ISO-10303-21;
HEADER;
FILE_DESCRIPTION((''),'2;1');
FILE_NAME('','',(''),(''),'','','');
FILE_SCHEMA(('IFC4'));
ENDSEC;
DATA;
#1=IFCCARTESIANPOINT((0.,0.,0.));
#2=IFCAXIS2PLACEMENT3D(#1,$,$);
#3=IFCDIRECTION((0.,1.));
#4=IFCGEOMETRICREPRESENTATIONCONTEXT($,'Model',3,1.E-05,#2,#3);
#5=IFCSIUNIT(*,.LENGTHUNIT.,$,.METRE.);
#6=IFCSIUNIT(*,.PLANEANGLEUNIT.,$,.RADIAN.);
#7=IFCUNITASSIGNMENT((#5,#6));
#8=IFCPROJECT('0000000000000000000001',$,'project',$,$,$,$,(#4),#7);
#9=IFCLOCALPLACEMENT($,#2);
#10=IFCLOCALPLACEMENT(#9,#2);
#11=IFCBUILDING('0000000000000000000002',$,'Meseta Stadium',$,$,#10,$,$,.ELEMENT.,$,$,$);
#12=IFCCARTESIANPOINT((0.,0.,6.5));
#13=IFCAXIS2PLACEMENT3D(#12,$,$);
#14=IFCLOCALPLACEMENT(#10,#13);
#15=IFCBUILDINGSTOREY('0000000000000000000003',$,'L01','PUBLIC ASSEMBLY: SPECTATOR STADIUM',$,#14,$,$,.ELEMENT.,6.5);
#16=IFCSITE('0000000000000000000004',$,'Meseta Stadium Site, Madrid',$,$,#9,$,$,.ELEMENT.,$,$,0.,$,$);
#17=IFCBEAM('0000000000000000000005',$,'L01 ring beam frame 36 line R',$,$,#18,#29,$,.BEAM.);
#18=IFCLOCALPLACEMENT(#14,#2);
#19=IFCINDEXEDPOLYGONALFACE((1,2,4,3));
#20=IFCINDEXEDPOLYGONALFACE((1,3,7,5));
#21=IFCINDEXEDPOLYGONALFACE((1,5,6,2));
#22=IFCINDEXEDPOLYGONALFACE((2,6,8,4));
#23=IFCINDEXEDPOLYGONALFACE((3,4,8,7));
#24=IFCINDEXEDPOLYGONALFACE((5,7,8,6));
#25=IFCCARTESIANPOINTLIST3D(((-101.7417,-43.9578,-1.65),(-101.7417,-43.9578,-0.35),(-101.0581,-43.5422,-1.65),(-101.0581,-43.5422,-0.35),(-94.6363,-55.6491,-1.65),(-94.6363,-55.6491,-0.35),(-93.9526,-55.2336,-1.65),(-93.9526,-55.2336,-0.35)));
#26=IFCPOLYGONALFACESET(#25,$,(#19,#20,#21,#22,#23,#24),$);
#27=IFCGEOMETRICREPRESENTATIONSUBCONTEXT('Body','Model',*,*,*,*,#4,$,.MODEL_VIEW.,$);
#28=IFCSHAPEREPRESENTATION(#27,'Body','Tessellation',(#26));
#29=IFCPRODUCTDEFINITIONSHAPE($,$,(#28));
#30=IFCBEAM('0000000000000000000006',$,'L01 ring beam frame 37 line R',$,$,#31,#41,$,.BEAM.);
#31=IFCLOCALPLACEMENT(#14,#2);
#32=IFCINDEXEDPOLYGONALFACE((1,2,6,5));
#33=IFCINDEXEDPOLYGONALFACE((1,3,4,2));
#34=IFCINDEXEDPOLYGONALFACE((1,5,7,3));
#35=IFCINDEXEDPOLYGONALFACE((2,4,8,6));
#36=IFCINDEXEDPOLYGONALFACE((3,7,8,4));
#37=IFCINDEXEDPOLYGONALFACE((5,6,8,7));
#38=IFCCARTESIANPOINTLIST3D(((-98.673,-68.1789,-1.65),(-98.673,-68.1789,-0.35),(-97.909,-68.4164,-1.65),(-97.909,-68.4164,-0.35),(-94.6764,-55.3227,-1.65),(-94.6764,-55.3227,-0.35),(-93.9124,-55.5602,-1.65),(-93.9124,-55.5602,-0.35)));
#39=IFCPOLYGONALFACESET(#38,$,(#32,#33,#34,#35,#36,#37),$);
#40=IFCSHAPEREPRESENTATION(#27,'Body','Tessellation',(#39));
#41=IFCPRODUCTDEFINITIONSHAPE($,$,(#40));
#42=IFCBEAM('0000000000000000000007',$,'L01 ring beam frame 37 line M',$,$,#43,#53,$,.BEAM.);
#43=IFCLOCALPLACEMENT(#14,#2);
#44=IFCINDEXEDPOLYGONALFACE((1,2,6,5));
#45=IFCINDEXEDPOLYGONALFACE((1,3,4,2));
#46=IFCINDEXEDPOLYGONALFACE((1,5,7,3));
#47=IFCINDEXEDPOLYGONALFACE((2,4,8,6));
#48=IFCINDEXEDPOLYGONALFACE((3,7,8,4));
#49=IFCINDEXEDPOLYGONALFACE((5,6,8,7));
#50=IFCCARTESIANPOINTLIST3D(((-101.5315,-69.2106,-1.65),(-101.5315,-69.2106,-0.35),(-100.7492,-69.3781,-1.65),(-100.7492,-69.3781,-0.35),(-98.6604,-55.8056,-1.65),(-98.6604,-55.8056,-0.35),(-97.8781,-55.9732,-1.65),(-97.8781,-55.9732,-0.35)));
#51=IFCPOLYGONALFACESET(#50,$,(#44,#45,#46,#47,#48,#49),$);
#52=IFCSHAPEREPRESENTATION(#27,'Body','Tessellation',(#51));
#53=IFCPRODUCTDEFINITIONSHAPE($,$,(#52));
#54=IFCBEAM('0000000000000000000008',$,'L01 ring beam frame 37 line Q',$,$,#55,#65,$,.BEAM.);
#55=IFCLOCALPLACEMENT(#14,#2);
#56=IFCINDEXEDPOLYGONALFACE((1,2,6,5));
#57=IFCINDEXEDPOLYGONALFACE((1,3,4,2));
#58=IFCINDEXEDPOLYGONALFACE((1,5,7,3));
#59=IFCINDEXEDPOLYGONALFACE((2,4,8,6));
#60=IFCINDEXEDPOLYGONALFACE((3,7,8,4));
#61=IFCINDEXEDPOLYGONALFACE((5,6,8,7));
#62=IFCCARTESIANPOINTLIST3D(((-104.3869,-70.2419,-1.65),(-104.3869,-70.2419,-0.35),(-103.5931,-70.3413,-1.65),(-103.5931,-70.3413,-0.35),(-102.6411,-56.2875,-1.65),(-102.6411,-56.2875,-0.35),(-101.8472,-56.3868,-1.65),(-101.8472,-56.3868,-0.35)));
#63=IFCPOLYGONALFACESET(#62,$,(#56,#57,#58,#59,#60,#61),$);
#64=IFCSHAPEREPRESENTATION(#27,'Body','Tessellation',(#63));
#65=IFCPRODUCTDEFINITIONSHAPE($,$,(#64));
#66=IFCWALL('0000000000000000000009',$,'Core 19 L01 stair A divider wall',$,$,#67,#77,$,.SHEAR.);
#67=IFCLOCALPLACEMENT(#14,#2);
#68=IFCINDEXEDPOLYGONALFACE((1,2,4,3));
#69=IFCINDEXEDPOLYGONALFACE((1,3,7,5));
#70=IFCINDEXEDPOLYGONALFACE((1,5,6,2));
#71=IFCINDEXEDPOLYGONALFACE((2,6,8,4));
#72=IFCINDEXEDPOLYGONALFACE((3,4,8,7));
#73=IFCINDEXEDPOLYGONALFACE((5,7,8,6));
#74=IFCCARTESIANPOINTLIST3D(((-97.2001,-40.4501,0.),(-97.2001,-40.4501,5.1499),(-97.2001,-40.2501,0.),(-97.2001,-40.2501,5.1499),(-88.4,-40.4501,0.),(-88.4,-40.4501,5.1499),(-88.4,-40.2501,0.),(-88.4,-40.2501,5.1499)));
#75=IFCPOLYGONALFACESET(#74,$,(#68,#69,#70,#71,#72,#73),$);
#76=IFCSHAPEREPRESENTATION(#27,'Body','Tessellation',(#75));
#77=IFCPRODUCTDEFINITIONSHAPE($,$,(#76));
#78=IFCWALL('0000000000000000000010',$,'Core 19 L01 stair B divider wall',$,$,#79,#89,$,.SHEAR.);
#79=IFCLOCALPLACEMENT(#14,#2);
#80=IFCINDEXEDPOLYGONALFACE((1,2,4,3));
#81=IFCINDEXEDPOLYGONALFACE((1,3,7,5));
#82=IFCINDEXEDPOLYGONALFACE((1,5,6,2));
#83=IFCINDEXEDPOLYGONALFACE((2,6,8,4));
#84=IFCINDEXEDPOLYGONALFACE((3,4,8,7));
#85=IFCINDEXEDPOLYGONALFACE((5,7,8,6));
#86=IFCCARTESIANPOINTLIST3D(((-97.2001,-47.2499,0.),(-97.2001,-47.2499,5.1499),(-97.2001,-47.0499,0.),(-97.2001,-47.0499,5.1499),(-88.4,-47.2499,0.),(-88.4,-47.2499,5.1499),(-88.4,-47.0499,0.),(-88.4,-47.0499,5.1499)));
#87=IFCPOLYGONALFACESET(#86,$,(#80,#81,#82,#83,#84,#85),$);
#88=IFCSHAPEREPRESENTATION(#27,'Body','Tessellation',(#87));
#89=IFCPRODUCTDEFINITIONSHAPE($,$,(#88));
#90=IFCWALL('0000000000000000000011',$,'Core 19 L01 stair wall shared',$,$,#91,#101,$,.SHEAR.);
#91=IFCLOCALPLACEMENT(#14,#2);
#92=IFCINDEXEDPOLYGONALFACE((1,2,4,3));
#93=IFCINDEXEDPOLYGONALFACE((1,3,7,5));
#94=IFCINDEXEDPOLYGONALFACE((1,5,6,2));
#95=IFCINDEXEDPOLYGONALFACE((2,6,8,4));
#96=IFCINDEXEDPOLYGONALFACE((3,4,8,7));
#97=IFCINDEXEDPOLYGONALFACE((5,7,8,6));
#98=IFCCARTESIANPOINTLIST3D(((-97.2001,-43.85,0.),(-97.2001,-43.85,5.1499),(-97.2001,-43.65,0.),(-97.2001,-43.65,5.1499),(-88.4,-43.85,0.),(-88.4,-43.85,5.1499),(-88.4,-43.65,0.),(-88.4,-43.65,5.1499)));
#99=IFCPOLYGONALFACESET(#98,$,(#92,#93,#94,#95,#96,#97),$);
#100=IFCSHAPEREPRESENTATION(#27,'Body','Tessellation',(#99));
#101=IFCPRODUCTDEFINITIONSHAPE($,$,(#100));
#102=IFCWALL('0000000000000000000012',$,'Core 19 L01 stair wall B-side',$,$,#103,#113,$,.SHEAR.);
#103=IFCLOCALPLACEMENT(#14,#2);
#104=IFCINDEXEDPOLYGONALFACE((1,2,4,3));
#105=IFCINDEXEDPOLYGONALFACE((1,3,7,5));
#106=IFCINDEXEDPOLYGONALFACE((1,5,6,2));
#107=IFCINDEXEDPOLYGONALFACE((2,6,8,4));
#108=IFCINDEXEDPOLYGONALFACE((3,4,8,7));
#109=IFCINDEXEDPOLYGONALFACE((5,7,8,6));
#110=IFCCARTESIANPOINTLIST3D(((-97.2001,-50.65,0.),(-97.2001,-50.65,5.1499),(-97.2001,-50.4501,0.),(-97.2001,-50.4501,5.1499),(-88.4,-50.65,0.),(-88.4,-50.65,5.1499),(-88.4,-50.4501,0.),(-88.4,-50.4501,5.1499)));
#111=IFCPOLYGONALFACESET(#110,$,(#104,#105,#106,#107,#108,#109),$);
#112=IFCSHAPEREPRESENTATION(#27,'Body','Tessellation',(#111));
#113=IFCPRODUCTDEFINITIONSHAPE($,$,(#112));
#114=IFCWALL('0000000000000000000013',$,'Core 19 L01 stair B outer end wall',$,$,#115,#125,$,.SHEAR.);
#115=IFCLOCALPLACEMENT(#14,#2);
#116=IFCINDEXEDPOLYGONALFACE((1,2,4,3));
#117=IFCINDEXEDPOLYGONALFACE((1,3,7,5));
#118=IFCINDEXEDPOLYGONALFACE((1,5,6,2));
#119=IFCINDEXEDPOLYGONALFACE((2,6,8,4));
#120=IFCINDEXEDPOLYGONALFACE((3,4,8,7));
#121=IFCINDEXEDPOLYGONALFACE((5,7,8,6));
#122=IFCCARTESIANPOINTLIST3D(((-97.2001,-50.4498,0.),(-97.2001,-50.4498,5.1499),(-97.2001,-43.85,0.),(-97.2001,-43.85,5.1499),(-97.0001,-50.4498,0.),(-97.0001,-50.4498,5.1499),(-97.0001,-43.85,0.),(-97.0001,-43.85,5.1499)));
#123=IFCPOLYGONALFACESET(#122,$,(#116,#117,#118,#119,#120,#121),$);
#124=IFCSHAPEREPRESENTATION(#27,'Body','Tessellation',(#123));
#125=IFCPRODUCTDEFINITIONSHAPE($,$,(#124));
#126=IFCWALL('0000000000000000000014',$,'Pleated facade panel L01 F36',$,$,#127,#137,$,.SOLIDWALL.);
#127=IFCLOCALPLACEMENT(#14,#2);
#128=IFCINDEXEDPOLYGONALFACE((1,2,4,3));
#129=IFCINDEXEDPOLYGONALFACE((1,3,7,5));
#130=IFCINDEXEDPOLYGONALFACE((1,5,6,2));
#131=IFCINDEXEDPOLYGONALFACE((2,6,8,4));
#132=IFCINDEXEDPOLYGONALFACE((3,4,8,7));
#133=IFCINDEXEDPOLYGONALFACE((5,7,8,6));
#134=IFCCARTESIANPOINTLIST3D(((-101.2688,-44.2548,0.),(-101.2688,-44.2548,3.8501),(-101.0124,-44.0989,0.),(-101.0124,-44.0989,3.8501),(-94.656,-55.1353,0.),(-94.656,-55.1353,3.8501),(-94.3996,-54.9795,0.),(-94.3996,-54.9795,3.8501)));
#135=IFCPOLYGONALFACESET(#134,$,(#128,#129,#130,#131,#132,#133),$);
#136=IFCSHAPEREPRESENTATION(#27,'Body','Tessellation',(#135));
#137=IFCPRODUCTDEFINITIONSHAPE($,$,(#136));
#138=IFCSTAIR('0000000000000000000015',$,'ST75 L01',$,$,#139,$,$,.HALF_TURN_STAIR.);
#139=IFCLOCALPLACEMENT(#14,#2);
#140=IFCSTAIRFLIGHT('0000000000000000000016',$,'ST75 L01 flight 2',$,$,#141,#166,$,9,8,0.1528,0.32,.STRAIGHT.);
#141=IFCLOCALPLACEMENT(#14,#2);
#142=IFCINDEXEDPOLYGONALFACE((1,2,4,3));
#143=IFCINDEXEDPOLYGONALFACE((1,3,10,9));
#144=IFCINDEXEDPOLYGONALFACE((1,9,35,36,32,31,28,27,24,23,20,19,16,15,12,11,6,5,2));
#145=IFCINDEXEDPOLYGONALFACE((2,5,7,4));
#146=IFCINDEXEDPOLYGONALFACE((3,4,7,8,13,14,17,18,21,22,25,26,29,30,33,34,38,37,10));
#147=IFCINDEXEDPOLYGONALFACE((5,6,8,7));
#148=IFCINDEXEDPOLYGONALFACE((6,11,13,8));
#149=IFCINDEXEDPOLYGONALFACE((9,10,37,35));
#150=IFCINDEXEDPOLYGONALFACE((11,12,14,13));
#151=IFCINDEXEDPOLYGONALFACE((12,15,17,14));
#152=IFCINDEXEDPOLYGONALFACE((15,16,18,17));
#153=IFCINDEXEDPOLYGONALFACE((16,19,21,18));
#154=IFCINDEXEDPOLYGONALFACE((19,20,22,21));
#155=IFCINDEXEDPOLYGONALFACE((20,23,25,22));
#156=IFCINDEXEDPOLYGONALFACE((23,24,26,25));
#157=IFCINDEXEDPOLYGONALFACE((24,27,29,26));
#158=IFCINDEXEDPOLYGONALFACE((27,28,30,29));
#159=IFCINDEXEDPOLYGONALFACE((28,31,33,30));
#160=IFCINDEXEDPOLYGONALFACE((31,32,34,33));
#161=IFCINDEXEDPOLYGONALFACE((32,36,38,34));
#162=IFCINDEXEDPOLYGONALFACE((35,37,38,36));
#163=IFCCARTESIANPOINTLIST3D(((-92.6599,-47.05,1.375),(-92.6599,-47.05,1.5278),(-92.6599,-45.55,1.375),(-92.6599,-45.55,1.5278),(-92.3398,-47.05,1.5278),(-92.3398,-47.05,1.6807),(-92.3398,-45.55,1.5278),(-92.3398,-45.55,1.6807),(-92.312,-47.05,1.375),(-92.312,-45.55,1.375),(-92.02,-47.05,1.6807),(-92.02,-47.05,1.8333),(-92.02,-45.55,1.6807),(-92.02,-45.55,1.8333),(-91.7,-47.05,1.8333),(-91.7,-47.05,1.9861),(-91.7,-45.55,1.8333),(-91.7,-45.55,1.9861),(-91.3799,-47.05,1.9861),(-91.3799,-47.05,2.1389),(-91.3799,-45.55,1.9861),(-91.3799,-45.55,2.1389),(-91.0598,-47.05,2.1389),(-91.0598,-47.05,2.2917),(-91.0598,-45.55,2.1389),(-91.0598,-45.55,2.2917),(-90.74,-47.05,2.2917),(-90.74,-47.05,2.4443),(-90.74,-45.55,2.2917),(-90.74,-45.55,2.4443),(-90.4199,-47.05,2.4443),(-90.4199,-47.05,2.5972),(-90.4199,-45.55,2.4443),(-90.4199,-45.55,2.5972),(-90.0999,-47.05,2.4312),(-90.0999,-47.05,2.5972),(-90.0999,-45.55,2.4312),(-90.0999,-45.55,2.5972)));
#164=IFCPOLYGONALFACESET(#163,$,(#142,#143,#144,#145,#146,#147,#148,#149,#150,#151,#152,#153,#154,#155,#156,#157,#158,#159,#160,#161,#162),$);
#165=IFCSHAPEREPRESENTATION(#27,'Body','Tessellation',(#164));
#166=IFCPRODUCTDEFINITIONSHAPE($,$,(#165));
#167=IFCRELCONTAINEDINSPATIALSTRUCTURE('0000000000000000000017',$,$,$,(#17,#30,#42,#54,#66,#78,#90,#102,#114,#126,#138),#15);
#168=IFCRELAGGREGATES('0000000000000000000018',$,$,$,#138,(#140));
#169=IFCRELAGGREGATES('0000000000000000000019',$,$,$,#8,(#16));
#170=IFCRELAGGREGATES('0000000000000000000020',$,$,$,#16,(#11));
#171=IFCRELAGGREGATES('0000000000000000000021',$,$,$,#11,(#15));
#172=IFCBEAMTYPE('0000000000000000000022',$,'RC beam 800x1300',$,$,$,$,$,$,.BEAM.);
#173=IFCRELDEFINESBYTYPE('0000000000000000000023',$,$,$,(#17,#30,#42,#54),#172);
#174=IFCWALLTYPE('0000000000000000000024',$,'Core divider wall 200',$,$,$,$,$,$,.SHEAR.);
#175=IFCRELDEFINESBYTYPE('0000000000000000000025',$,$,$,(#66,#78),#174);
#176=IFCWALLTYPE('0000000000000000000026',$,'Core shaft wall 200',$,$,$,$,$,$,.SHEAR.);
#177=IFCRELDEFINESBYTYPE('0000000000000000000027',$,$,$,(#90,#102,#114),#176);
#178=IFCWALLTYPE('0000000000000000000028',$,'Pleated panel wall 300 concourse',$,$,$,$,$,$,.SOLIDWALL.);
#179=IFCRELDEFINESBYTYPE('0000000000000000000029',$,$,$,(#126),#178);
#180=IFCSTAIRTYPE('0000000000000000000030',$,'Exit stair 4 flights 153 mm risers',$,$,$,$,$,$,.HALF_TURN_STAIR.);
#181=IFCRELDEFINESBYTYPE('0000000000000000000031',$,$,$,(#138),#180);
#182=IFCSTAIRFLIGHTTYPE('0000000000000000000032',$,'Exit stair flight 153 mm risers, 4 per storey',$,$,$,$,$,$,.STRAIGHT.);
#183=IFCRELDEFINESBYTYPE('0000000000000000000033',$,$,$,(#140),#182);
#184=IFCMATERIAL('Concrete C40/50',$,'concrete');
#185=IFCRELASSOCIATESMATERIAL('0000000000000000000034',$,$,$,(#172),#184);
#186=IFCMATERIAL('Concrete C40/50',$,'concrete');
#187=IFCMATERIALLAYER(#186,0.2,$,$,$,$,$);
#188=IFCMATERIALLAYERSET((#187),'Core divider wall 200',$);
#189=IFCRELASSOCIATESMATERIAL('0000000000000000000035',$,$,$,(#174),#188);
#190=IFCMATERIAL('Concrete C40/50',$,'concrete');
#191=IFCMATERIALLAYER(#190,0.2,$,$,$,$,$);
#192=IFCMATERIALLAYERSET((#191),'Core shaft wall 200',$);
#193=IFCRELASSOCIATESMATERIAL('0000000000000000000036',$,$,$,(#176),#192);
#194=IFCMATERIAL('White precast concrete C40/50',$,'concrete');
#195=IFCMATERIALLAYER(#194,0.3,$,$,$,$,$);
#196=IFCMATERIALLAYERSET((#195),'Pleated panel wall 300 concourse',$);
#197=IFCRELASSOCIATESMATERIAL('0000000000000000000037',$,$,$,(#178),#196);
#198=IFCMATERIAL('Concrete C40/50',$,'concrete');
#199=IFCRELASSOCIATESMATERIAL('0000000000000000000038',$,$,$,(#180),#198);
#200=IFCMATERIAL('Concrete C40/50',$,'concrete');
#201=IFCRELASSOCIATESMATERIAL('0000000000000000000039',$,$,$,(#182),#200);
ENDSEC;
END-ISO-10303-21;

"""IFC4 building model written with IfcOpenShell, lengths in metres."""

from ifc_helpers import new_model, si_unit, direction, frame, frame_2d, origin, origin_2d, place, context, subcontext, project, spatial, polyline, rectangle, outline, extrude, material, layer, layer_set, material_profile, profile_set, type_object, element, aggregate, save


model = new_model("IFC4")

# Units and contexts
model_context = context("Model", 3, precision=1e-05, world=origin(), true_north=direction((0.0, 1.0)))
body_context = subcontext(model_context, "Body", "Model", "MODEL_VIEW")
ifc_project = project(units=[si_unit("LENGTHUNIT", "METRE"), si_unit("PLANEANGLEUNIT", "RADIAN")], contexts=[model_context])

# Site, building, storey
site_placement = place(None, origin())
site = spatial("IfcSite", under=ifc_project, at=site_placement, Name="Meseta Stadium Site, Madrid", CompositionType="ELEMENT", RefElevation=0.0)
building_placement = place(site_placement, origin())
building = spatial("IfcBuilding", under=site, at=building_placement, Name="Meseta Stadium", CompositionType="ELEMENT")
storey_placement = place(building_placement, frame((0.0, 0.0, 6.5)))
storey = spatial("IfcBuildingStorey", under=building, at=storey_placement, Name="L01", Description="PUBLIC ASSEMBLY: SPECTATOR STADIUM", CompositionType="ELEMENT", Elevation=6.5)

# Beams
ifc_material_1 = material(Name="Concrete C40/50", Category="concrete")
ifc_material_profile_1 = material_profile(ifc_material_1, rectangle(XDim=0.8, YDim=1.3, at=origin_2d()), Name="RC 800x1300")
ifc_profile_set_1 = profile_set([ifc_material_profile_1], Name="Concrete C40/50")
beam_type_1 = type_object("IfcBeamType", Name="RC beam 800x1300", PredefinedType="BEAM", material=ifc_profile_set_1)
beam_1_placement = place(storey_placement, frame((-101.3999, -43.75, -1.0), z_axis=(0.519358, -0.854557, 0.0), x_axis=(0.854557, 0.519358, 0.0)))
element("IfcBeam", 1, at=beam_1_placement, inside=storey, type_object=beam_type_1, Name="L01 ring beam frame 36 line R", PredefinedType="BEAM", context=body_context, shape_type="SweptSolid", body=[
    extrude(rectangle(XDim=0.8, YDim=1.3, at=origin_2d()), origin(), (0.0, 0.0, 1.0), 13.6812),
])
beam_2_placement = place(storey_placement, frame((-94.2944, -55.4414, -1.0), z_axis=(-0.296855, -0.954923, 0.0), x_axis=(0.954923, -0.296855, 0.0)))
element("IfcBeam", 2, at=beam_2_placement, inside=storey, type_object=beam_type_1, Name="L01 ring beam frame 37 line R", PredefinedType="BEAM", context=body_context, shape_type="SweptSolid", body=[
    extrude(rectangle(XDim=0.8, YDim=1.3, at=origin_2d()), origin(), (0.0, 0.0, 1.0), 13.4631),
])
beam_3_placement = place(storey_placement, frame((-98.2693, -55.8894, -1.0), z_axis=(-0.209431, -0.977824, 0.0), x_axis=(0.977824, -0.209431, 0.0)))
element("IfcBeam", 3, at=beam_3_placement, inside=storey, type_object=beam_type_1, Name="L01 ring beam frame 37 line M", PredefinedType="BEAM", context=body_context, shape_type="SweptSolid", body=[
    extrude(rectangle(XDim=0.8, YDim=1.3, at=origin_2d()), origin(), (0.0, 0.0, 1.0), 13.709),
])
beam_4_placement = place(storey_placement, frame((-102.2441, -56.3372, -1.0), z_axis=(-0.124144, -0.992264, 0.0), x_axis=(0.992264, -0.124144, 0.0)))
element("IfcBeam", 4, at=beam_4_placement, inside=storey, type_object=beam_type_1, Name="L01 ring beam frame 37 line Q", PredefinedType="BEAM", context=body_context, shape_type="SweptSolid", body=[
    extrude(rectangle(XDim=0.8, YDim=1.3, at=origin_2d()), origin(), (0.0, 0.0, 1.0), 14.0632),
])

# Walls
ifc_material_2 = material(Name="Concrete C40/50", Category="concrete")
ifc_layer_1 = layer(ifc_material_2, 0.2)
ifc_layer_set_1 = layer_set([ifc_layer_1], Name="Core divider wall 200")
wall_type_1 = type_object("IfcWallType", Name="Core divider wall 200", PredefinedType="SHEAR", material=ifc_layer_set_1)
for number, where, z_axis, x_axis, name in (
    (5, (-97.2, -40.3501, 0.0), (0.0, 0.0, 1.0), (1.0, 0.0, 0.0), "Core 19 L01 stair A divider wall"),
    (6, (-97.2, -47.1499, 0.0), (0.0, 0.0, 1.0), (1.0, 0.0, 0.0), "Core 19 L01 stair B divider wall"),
):
    element("IfcWall", number, at=place(storey_placement, frame(where, z_axis=z_axis, x_axis=x_axis)), inside=storey, type_object=wall_type_1, Name=name, PredefinedType="SHEAR", context=body_context, shape_type="SweptSolid", body=[
        extrude(rectangle(XDim=8.8, YDim=0.2, at=frame_2d((4.3999, 0.0))), origin(), (0.0, 0.0, 1.0), 5.1499),
    ])
ifc_material_3 = material(Name="Concrete C40/50", Category="concrete")
ifc_layer_2 = layer(ifc_material_3, 0.2)
ifc_layer_set_2 = layer_set([ifc_layer_2], Name="Core shaft wall 200")
wall_type_2 = type_object("IfcWallType", Name="Core shaft wall 200", PredefinedType="SHEAR", material=ifc_layer_set_2)
for number, where, z_axis, x_axis, name in (
    (7, (-97.2, -43.75, 0.0), (0.0, 0.0, 1.0), (1.0, 0.0, 0.0), "Core 19 L01 stair wall shared"),
    (8, (-97.2, -50.55, 0.0), (0.0, 0.0, 1.0), (1.0, 0.0, 0.0), "Core 19 L01 stair wall B-side"),
):
    element("IfcWall", number, at=place(storey_placement, frame(where, z_axis=z_axis, x_axis=x_axis)), inside=storey, type_object=wall_type_2, Name=name, PredefinedType="SHEAR", context=body_context, shape_type="SweptSolid", body=[
        extrude(rectangle(XDim=8.8, YDim=0.2, at=frame_2d((4.3999, 0.0))), origin(), (0.0, 0.0, 1.0), 5.1499),
    ])
wall_1_placement = place(storey_placement, frame((-97.1001, -43.8501, 0.0), z_axis=(0.0, 0.0, 1.0), x_axis=(0.0, -1.0, 0.0)))
element("IfcWall", 9, at=wall_1_placement, inside=storey, type_object=wall_type_2, Name="Core 19 L01 stair B outer end wall", PredefinedType="SHEAR", context=body_context, shape_type="SweptSolid", body=[
    extrude(rectangle(XDim=6.5999, YDim=0.2, at=frame_2d((3.2998, 0.0))), origin(), (0.0, 0.0, 1.0), 5.1499),
])

# Shared definitions
ifc_material_4 = material(Name="White precast concrete C40/50", Category="concrete")
ifc_layer_3 = layer(ifc_material_4, 0.3)
ifc_layer_set_3 = layer_set([ifc_layer_3], Name="Pleated panel wall 300 concourse")
wall_type_3 = type_object("IfcWallType", Name="Pleated panel wall 300 concourse", PredefinedType="SOLIDWALL", material=ifc_layer_set_3)

# Wall
wall_2_placement = place(storey_placement, frame((-94.5278, -55.0574, 0.0), z_axis=(0.0, 0.0, 1.0), x_axis=(-0.519363, 0.854554, 0.0)))
element("IfcWall", 10, at=wall_2_placement, inside=storey, type_object=wall_type_3, Name="Pleated facade panel L01 F36", PredefinedType="SOLIDWALL", context=body_context, shape_type="SweptSolid", body=[
    extrude(rectangle(XDim=12.7324, YDim=0.3, at=frame_2d((6.3662, 0.0))), origin(), (0.0, 0.0, 1.0), 3.8501),
])

# Stair, stair flight
ifc_material_5 = material(Name="Concrete C40/50", Category="concrete")
stair_type = type_object("IfcStairType", Name="Exit stair 4 flights 153 mm risers", PredefinedType="HALF_TURN_STAIR", material=ifc_material_5)
stair_1_placement = place(storey_placement, origin())
stair_1 = element("IfcStair", 11, at=stair_1_placement, inside=storey, type_object=stair_type, Name="ST75 L01", PredefinedType="HALF_TURN_STAIR")
ifc_material_6 = material(Name="Concrete C40/50", Category="concrete")
stair_flight_type = type_object("IfcStairFlightType", Name="Exit stair flight 153 mm risers, 4 per storey", PredefinedType="STRAIGHT", material=ifc_material_6)
stair_flight_1_placement = place(storey_placement, frame((-92.6599, -46.3, 1.375), z_axis=(0.0, 0.0, 1.0), x_axis=(1.0, 0.0, 0.0)))
stair_flight_1 = element("IfcStairFlight", 12, at=stair_flight_1_placement, type_object=stair_flight_type, Name="ST75 L01 flight 2", NumberOfRisers=9, NumberOfTreads=8, PredefinedType="STRAIGHT", RiserHeight=0.1528, TreadLength=0.32, context=body_context, shape_type="SweptSolid", body=[
    extrude(outline(polyline([(0.0, 0.0), (0.0, 0.1528), (0.3201, 0.1528), (0.3201, 0.3057), (0.6399, 0.3057), (0.6399, 0.4583), (0.96, 0.4583), (0.96, 0.6111), (1.28, 0.6111), (1.28, 0.7639), (1.6001, 0.7639), (1.6001, 0.9167), (1.9199, 0.9167), (1.9199, 1.0693), (2.24, 1.0693), (2.24, 1.2222), (2.5601, 1.2222), (2.5601, 1.0562), (0.3479, 0.0), (0.0, 0.0)])), frame((0.0, 0.75, 0.0), z_axis=(0.0, -1.0, 0.0), x_axis=(1.0, 0.0, 0.0)), (0.0, 0.0, 1.0), 1.5),
])
aggregate(stair_1, [stair_flight_1])

save(model, "model.ifc")
